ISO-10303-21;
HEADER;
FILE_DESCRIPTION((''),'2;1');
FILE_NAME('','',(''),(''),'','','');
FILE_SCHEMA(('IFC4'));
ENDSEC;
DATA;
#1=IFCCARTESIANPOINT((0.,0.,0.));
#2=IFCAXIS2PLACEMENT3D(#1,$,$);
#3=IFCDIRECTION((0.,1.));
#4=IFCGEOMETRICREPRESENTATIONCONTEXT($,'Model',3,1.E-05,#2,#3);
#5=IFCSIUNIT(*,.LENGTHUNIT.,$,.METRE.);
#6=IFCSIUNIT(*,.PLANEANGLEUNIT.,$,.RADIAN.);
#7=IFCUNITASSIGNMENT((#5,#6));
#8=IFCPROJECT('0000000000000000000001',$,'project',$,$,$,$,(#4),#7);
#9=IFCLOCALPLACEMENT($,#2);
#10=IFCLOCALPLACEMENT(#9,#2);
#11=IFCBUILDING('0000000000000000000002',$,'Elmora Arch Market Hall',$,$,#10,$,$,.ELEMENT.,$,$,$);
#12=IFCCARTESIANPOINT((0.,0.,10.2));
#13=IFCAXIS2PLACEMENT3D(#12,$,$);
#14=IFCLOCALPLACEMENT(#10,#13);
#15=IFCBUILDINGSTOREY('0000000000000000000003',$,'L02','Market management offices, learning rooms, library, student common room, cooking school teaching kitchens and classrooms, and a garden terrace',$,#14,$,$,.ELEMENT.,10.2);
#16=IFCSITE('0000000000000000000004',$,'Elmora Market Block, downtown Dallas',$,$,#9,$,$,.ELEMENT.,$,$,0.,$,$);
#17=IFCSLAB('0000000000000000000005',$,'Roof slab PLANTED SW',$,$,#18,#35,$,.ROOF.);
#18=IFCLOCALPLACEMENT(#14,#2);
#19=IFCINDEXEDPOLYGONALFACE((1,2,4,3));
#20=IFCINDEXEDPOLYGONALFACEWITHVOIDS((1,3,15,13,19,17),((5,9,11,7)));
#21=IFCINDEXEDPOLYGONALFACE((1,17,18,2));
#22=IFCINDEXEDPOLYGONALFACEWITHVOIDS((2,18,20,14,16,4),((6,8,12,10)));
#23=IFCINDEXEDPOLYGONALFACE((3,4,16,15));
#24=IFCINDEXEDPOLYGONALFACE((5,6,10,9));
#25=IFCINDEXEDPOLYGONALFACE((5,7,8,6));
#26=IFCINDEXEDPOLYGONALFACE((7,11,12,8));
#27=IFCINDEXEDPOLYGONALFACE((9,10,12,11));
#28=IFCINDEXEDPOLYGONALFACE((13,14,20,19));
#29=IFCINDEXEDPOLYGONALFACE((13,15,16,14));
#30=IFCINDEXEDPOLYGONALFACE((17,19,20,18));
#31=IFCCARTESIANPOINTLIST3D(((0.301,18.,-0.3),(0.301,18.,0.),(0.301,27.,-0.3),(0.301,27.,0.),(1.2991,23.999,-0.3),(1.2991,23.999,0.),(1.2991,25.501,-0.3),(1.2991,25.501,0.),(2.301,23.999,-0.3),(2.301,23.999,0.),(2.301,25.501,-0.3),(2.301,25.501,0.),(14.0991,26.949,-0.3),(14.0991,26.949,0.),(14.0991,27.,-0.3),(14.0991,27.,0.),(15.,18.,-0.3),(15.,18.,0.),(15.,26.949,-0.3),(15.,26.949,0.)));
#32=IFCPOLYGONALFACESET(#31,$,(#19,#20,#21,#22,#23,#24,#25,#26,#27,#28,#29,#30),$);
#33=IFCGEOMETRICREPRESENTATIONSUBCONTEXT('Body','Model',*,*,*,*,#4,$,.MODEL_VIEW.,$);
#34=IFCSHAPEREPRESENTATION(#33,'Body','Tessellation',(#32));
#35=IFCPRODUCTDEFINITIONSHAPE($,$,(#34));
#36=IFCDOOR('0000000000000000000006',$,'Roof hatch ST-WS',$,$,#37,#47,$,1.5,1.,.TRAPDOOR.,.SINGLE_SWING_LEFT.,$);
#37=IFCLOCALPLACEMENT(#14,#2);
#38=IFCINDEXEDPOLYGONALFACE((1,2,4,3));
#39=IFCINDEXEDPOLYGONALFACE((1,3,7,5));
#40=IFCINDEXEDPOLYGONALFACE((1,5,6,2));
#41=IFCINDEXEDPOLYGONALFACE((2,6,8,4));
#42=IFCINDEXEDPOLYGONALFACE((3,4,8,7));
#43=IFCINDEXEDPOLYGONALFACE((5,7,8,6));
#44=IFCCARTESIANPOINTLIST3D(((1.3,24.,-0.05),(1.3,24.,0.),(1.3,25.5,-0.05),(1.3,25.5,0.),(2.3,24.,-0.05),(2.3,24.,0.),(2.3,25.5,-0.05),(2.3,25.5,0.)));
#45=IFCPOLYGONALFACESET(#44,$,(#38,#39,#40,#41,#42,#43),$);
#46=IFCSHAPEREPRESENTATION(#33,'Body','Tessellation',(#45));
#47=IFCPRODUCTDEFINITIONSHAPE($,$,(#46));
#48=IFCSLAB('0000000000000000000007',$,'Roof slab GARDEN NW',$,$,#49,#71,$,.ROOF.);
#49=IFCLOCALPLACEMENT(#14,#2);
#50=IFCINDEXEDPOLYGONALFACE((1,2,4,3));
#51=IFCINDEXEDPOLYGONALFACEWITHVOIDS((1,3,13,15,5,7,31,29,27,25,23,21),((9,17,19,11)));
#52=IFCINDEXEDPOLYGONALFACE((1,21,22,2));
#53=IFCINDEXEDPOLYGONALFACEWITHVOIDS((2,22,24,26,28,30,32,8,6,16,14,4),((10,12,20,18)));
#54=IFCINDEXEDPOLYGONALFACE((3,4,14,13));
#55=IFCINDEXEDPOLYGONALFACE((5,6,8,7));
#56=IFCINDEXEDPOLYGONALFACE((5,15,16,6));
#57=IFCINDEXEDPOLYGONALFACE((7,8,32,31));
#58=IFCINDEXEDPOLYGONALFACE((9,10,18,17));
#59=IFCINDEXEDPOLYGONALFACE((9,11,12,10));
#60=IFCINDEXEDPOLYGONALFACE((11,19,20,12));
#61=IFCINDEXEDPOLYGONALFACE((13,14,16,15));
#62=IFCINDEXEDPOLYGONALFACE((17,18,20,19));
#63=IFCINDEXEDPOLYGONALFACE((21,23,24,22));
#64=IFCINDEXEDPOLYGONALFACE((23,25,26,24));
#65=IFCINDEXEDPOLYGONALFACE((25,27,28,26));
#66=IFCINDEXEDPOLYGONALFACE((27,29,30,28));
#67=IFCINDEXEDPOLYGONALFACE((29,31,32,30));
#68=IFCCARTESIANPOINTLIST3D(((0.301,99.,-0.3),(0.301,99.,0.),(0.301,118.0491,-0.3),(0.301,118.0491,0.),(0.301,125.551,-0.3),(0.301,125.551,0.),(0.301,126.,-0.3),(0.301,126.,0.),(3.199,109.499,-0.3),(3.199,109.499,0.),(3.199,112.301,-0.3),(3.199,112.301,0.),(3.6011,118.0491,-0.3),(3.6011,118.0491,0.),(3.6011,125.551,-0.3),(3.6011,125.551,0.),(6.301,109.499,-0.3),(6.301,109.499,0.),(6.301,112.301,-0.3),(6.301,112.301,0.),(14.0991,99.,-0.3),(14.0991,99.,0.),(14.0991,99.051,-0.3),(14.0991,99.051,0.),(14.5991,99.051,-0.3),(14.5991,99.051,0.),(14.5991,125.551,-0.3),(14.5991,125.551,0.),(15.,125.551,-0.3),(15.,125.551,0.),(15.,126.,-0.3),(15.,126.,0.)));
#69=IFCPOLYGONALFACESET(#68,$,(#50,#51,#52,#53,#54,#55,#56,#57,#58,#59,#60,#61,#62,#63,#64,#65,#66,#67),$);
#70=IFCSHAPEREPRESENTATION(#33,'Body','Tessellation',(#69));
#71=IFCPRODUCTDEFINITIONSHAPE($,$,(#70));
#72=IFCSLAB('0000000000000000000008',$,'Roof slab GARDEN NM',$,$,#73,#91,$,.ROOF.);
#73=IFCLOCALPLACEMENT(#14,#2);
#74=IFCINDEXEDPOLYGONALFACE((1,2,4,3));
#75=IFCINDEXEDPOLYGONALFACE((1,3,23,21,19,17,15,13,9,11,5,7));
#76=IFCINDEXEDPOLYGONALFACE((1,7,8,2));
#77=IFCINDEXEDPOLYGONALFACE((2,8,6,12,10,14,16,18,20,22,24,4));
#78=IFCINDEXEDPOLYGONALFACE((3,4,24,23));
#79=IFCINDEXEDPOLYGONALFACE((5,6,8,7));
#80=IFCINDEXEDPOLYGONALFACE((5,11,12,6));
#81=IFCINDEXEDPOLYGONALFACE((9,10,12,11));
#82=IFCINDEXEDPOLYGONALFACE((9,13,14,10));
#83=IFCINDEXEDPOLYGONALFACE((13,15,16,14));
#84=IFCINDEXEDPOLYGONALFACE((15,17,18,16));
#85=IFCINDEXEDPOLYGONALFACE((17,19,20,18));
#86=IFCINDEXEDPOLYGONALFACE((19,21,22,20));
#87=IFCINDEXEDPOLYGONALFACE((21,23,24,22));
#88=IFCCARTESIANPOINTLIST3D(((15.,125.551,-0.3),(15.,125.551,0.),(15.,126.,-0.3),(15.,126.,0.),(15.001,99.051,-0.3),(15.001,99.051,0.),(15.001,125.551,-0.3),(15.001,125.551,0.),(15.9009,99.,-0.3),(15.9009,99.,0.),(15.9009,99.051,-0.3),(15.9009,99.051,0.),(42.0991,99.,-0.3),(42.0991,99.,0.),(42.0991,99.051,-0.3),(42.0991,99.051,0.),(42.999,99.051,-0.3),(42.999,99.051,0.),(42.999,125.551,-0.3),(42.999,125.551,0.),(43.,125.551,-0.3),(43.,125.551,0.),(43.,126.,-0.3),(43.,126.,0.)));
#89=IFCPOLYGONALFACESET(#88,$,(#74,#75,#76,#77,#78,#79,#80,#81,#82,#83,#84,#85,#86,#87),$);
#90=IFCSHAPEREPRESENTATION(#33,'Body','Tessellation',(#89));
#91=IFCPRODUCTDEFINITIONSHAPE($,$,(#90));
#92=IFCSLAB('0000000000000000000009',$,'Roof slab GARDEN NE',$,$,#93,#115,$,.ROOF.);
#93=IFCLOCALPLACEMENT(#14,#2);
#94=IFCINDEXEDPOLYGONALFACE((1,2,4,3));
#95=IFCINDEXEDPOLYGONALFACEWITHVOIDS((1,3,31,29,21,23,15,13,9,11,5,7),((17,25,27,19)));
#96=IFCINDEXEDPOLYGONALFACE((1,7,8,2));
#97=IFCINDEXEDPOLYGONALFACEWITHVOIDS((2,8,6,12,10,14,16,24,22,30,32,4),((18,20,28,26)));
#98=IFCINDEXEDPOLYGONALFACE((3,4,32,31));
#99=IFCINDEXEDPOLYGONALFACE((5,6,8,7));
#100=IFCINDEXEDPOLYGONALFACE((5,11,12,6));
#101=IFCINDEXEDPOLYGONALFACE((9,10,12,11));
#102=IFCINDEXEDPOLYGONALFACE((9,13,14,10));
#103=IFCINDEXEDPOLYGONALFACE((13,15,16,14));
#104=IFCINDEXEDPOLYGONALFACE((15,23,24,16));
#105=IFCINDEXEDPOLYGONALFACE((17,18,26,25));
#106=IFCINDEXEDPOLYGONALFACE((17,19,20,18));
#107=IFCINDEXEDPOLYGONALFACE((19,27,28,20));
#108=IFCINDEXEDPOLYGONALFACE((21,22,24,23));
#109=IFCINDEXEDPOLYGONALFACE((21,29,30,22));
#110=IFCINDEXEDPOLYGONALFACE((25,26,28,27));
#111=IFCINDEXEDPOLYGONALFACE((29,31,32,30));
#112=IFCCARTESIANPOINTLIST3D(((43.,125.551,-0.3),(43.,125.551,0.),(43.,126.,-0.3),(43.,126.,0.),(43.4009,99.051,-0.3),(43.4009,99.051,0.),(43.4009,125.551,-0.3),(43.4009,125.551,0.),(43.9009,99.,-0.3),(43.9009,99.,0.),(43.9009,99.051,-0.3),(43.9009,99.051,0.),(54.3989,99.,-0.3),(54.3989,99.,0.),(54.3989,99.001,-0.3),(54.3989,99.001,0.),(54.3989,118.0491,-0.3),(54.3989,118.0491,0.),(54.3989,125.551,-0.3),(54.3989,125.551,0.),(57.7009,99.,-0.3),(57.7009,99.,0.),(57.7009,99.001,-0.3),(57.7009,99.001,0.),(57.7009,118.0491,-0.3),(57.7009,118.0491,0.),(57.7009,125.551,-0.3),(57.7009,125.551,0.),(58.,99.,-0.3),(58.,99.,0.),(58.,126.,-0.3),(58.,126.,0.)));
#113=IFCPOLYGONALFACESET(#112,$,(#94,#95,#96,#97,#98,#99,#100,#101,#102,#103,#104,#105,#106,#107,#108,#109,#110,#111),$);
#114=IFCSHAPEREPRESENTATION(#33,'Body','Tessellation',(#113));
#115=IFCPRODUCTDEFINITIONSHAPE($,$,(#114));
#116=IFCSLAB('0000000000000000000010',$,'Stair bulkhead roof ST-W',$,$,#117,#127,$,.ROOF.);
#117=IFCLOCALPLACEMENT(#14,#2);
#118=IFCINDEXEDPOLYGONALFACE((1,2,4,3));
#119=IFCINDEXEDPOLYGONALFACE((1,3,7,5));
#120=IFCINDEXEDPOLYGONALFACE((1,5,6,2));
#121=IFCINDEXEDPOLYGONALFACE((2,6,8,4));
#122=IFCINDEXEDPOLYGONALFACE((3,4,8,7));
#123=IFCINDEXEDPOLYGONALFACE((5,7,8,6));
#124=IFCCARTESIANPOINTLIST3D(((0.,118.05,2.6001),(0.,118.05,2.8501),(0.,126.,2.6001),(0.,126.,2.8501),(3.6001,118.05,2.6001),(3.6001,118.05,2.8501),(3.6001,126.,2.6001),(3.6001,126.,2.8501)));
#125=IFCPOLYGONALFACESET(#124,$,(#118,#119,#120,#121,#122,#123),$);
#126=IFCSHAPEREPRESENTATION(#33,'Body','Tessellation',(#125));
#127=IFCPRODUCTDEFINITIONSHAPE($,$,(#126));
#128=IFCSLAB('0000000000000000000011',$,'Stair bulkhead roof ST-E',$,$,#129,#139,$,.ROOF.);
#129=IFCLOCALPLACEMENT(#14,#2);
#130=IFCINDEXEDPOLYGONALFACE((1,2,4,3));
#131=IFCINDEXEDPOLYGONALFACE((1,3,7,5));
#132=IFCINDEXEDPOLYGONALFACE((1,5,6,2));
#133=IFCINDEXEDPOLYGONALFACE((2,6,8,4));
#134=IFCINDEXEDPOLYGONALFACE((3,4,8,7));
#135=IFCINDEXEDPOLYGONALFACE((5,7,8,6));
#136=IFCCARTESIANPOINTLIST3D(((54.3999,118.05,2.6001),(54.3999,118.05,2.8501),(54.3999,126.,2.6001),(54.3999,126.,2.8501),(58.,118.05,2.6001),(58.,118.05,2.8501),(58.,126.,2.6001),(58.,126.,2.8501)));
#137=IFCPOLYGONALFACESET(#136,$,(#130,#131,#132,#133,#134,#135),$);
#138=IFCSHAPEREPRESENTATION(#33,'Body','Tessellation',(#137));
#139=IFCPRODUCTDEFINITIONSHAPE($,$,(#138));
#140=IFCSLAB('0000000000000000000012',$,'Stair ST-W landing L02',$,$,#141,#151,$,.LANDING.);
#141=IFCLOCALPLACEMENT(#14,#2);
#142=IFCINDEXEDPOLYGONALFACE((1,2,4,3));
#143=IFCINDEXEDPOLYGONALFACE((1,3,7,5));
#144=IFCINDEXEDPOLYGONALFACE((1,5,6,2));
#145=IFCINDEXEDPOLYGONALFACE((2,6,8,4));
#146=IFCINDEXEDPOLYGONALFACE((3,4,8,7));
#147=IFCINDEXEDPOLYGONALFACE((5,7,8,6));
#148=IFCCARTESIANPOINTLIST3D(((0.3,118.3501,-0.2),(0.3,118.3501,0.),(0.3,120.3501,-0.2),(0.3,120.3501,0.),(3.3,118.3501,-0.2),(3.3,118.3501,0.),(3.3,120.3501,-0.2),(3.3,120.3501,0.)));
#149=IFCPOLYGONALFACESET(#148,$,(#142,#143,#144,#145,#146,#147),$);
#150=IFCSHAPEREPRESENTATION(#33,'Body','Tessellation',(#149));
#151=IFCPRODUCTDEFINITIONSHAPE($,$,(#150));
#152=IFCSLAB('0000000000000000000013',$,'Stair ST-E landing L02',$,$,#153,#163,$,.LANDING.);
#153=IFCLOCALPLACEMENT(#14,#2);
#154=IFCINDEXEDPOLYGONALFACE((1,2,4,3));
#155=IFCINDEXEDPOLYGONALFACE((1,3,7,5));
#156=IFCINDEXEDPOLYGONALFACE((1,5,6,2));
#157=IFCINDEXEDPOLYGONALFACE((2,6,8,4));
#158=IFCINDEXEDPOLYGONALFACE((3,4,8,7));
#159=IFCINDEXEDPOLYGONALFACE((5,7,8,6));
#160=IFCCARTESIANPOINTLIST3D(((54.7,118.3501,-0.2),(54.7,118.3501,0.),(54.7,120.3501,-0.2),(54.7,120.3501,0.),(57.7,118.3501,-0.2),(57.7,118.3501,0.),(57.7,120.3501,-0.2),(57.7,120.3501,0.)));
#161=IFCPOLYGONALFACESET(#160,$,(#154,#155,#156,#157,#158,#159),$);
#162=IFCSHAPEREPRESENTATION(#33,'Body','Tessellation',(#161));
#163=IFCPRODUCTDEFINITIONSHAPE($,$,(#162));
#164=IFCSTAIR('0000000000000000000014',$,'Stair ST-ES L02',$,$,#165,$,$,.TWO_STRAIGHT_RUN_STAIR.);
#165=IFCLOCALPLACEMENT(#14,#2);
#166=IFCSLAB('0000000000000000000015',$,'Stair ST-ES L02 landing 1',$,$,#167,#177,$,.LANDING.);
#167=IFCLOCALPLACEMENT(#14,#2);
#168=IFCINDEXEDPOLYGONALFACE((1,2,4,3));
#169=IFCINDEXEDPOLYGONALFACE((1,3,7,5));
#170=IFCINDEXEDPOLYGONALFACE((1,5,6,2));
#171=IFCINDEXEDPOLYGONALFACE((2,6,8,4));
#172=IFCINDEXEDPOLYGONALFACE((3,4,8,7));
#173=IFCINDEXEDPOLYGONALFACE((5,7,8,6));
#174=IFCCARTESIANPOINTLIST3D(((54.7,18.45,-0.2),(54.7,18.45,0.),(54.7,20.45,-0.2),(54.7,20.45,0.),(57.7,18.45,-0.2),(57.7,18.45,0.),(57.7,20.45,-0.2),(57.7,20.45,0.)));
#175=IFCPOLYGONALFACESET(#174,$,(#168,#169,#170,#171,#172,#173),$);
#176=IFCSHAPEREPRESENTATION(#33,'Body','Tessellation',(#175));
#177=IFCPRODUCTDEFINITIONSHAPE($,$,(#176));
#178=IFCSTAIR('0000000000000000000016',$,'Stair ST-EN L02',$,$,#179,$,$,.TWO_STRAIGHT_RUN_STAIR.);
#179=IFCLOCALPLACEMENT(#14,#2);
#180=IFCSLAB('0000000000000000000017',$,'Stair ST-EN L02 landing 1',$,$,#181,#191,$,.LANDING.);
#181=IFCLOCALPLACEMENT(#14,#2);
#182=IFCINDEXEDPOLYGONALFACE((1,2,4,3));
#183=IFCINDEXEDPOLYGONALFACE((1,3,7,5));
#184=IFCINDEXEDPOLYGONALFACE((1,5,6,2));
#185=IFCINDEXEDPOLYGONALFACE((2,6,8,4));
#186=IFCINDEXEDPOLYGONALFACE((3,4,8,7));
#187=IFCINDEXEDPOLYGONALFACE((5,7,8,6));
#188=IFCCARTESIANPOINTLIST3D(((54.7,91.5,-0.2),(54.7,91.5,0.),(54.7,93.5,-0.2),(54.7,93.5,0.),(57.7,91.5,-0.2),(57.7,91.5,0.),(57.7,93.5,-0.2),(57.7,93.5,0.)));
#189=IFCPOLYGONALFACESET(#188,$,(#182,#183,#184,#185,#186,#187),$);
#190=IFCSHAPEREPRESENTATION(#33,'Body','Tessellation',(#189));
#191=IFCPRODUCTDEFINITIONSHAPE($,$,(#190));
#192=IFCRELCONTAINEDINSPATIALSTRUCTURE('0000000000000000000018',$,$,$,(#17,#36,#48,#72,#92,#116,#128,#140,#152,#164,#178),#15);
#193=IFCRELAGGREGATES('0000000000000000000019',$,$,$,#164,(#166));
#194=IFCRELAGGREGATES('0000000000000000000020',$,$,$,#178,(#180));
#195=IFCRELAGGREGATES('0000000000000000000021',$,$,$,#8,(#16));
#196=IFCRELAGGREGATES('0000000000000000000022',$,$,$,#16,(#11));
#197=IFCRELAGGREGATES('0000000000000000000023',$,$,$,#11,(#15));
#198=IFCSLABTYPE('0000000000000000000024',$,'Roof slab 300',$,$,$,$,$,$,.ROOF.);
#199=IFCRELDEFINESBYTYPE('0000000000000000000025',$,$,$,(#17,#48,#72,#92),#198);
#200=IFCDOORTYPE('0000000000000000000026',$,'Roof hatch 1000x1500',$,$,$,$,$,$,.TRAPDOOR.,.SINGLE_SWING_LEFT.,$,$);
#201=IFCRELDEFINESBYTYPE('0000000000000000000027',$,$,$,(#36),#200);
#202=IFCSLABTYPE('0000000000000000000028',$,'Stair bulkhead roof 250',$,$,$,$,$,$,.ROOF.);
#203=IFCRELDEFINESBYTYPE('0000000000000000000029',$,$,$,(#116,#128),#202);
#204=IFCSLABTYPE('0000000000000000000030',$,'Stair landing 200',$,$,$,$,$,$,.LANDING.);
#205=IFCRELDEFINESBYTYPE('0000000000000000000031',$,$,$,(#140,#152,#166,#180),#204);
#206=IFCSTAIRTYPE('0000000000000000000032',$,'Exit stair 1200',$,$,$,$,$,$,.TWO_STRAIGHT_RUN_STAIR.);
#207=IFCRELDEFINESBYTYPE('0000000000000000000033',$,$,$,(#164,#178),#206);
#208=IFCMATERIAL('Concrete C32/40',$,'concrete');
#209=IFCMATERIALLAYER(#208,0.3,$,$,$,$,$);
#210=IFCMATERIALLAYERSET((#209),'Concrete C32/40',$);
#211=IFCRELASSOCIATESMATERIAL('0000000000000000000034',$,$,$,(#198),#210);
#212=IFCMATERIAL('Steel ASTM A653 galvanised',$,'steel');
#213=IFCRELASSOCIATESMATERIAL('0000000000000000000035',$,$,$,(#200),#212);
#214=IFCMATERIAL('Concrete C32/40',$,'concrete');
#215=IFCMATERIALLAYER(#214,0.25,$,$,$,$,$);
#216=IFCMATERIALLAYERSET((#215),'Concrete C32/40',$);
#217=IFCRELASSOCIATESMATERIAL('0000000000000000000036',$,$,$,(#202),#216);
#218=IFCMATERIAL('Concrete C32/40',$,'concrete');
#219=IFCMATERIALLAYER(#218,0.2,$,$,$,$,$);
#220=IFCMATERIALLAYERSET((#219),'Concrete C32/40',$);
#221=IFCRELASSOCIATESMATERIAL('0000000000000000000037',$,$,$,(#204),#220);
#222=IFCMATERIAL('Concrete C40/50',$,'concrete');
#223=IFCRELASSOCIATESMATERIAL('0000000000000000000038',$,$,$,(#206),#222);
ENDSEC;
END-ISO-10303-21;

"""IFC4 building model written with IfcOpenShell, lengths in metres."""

from ifc_helpers import new_model, si_unit, direction, frame, origin, origin_2d, place, context, subcontext, project, spatial, polyline, rectangle, outline, extrude, material, layer, layer_set, type_object, element, fill, aggregate, save


model = new_model("IFC4")

# Units and contexts
model_context = context("Model", 3, precision=1e-05, world=origin(), true_north=direction((0.0, 1.0)))
body_context = subcontext(model_context, "Body", "Model", "MODEL_VIEW")
ifc_project = project(units=[si_unit("LENGTHUNIT", "METRE"), si_unit("PLANEANGLEUNIT", "RADIAN")], contexts=[model_context])

# Site, building, storey
site_placement = place(None, origin())
site = spatial("IfcSite", under=ifc_project, at=site_placement, Name="Elmora Market Block, downtown Dallas", CompositionType="ELEMENT", RefElevation=0.0)
building_placement = place(site_placement, origin())
building = spatial("IfcBuilding", under=site, at=building_placement, Name="Elmora Arch Market Hall", CompositionType="ELEMENT")
storey_placement = place(building_placement, frame((0.0, 0.0, 10.2)))
storey = spatial("IfcBuildingStorey", under=building, at=storey_placement, Name="L02", Description="Market management offices, learning rooms, library, student common room, cooking school teaching kitchens and classrooms, and a garden terrace", CompositionType="ELEMENT", Elevation=10.2)

# Slab, opening, door
ifc_material_1 = material(Name="Concrete C32/40", Category="concrete")
ifc_layer_1 = layer(ifc_material_1, 0.3)
ifc_layer_set_1 = layer_set([ifc_layer_1], Name="Concrete C32/40")
slab_type_1 = type_object("IfcSlabType", Name="Roof slab 300", PredefinedType="ROOF", material=ifc_layer_set_1)
slab_1_placement = place(storey_placement, frame((0.0, 0.0, -0.3)))
slab_1 = element("IfcSlab", 1, at=slab_1_placement, inside=storey, type_object=slab_type_1, Name="Roof slab PLANTED SW", PredefinedType="ROOF", context=body_context, shape_type="SweptSolid", body=[
    extrude(outline(polyline([(15.0, 18.0), (0.301, 18.0), (0.301, 27.0), (14.0991, 27.0), (14.0991, 26.949), (15.0, 26.949), (15.0, 18.0)]), holes=[polyline([(1.2991, 23.999), (2.301, 23.999), (2.301, 25.501), (1.2991, 25.501), (1.2991, 23.999)])]), origin(), (0.0, 0.0, 1.0), 0.3),
])
opening_placement = place(slab_1_placement, frame((1.8, 24.75, 0.0)))
opening = element("IfcOpeningElement", 2, at=opening_placement, cuts=slab_1, PredefinedType="OPENING", context=body_context, shape_type="SweptSolid", body=[
    extrude(rectangle(XDim=1.0, YDim=1.5, at=origin_2d()), origin(), (0.0, 0.0, 1.0), 0.3),
])
ifc_material_2 = material(Name="Steel ASTM A653 galvanised", Category="steel")
door_type = type_object("IfcDoorType", Name="Roof hatch 1000x1500", OperationType="SINGLE_SWING_LEFT", PredefinedType="TRAPDOOR", material=ifc_material_2)
door_placement = place(opening_placement, frame((0.0, 0.0, 0.25)))
door = element("IfcDoor", 3, at=door_placement, inside=storey, type_object=door_type, Name="Roof hatch ST-WS", OperationType="SINGLE_SWING_LEFT", OverallHeight=1.5, OverallWidth=1.0, PredefinedType="TRAPDOOR", context=body_context, shape_type="SweptSolid", body=[
    extrude(rectangle(XDim=1.0, YDim=1.5, at=origin_2d()), origin(), (0.0, 0.0, 1.0), 0.05),
])
fill(opening, door)

# Slabs
slab_2_placement = place(storey_placement, frame((0.0, 0.0, -0.3)))
element("IfcSlab", 4, at=slab_2_placement, inside=storey, type_object=slab_type_1, Name="Roof slab GARDEN NW", PredefinedType="ROOF", context=body_context, shape_type="SweptSolid", body=[
    extrude(outline(polyline([(15.0, 126.0), (15.0, 125.551), (14.5991, 125.551), (14.5991, 99.051), (14.0991, 99.051), (14.0991, 99.0), (0.301, 99.0), (0.301, 118.0491), (3.6011, 118.0491), (3.6011, 125.551), (0.301, 125.551), (0.301, 126.0), (15.0, 126.0)]), holes=[polyline([(3.199, 112.301), (3.199, 109.499), (6.301, 109.499), (6.301, 112.301), (3.199, 112.301)])]), origin(), (0.0, 0.0, 1.0), 0.3),
])
slab_3_placement = place(storey_placement, frame((0.0, 0.0, -0.3)))
element("IfcSlab", 5, at=slab_3_placement, inside=storey, type_object=slab_type_1, Name="Roof slab GARDEN NM", PredefinedType="ROOF", context=body_context, shape_type="SweptSolid", body=[
    extrude(outline(polyline([(15.0, 126.0), (43.0, 126.0), (43.0, 125.551), (42.999, 125.551), (42.999, 99.051), (42.0991, 99.051), (42.0991, 99.0), (15.9009, 99.0), (15.9009, 99.051), (15.001, 99.051), (15.001, 125.551), (15.0, 125.551), (15.0, 126.0)])), origin(), (0.0, 0.0, 1.0), 0.3),
])
slab_4_placement = place(storey_placement, frame((0.0, 0.0, -0.3)))
element("IfcSlab", 6, at=slab_4_placement, inside=storey, type_object=slab_type_1, Name="Roof slab GARDEN NE", PredefinedType="ROOF", context=body_context, shape_type="SweptSolid", body=[
    extrude(outline(polyline([(43.0, 126.0), (58.0, 126.0), (58.0, 99.0), (57.7009, 99.0), (57.7009, 99.001), (54.3989, 99.001), (54.3989, 99.0), (43.9009, 99.0), (43.9009, 99.051), (43.4009, 99.051), (43.4009, 125.551), (43.0, 125.551), (43.0, 126.0)]), holes=[polyline([(57.7009, 125.551), (54.3989, 125.551), (54.3989, 118.0491), (57.7009, 118.0491), (57.7009, 125.551)])]), origin(), (0.0, 0.0, 1.0), 0.3),
])
ifc_material_3 = material(Name="Concrete C32/40", Category="concrete")
ifc_layer_2 = layer(ifc_material_3, 0.25)
ifc_layer_set_2 = layer_set([ifc_layer_2], Name="Concrete C32/40")
slab_type_2 = type_object("IfcSlabType", Name="Stair bulkhead roof 250", PredefinedType="ROOF", material=ifc_layer_set_2)
slab_5_placement = place(storey_placement, frame((0.0, 0.0, 2.6001)))
element("IfcSlab", 7, at=slab_5_placement, inside=storey, type_object=slab_type_2, Name="Stair bulkhead roof ST-W", PredefinedType="ROOF", context=body_context, shape_type="SweptSolid", body=[
    extrude(outline(polyline([(0.0, 118.05), (3.6001, 118.05), (3.6001, 126.0), (0.0, 126.0), (0.0, 118.05)])), origin(), (0.0, 0.0, 1.0), 0.25),
])
slab_6_placement = place(storey_placement, frame((0.0, 0.0, 2.6001)))
element("IfcSlab", 8, at=slab_6_placement, inside=storey, type_object=slab_type_2, Name="Stair bulkhead roof ST-E", PredefinedType="ROOF", context=body_context, shape_type="SweptSolid", body=[
    extrude(outline(polyline([(54.3999, 118.05), (58.0, 118.05), (58.0, 126.0), (54.3999, 126.0), (54.3999, 118.05)])), origin(), (0.0, 0.0, 1.0), 0.25),
])
ifc_material_4 = material(Name="Concrete C32/40", Category="concrete")
ifc_layer_3 = layer(ifc_material_4, 0.2)
ifc_layer_set_3 = layer_set([ifc_layer_3], Name="Concrete C32/40")
slab_type_3 = type_object("IfcSlabType", Name="Stair landing 200", PredefinedType="LANDING", material=ifc_layer_set_3)
slab_7_placement = place(storey_placement, frame((0.0, 0.0, -0.2)))
element("IfcSlab", 9, at=slab_7_placement, inside=storey, type_object=slab_type_3, Name="Stair ST-W landing L02", PredefinedType="LANDING", context=body_context, shape_type="SweptSolid", body=[
    extrude(outline(polyline([(0.3, 118.3501), (3.3, 118.3501), (3.3, 120.3501), (0.3, 120.3501), (0.3, 118.3501)])), origin(), (0.0, 0.0, 1.0), 0.2),
])
slab_8_placement = place(storey_placement, frame((0.0, 0.0, -0.2)))
element("IfcSlab", 10, at=slab_8_placement, inside=storey, type_object=slab_type_3, Name="Stair ST-E landing L02", PredefinedType="LANDING", context=body_context, shape_type="SweptSolid", body=[
    extrude(outline(polyline([(54.7, 118.3501), (57.7, 118.3501), (57.7, 120.3501), (54.7, 120.3501), (54.7, 118.3501)])), origin(), (0.0, 0.0, 1.0), 0.2),
])

# Stairs, slabs
ifc_material_5 = material(Name="Concrete C40/50", Category="concrete")
stair_type = type_object("IfcStairType", Name="Exit stair 1200", PredefinedType="TWO_STRAIGHT_RUN_STAIR", material=ifc_material_5)
stair_1_placement = place(storey_placement, origin())
stair_1 = element("IfcStair", 11, at=stair_1_placement, inside=storey, type_object=stair_type, Name="Stair ST-ES L02", PredefinedType="TWO_STRAIGHT_RUN_STAIR")
slab_9_placement = place(storey_placement, frame((0.0, 0.0, -0.2)))
slab_9 = element("IfcSlab", 12, at=slab_9_placement, type_object=slab_type_3, Name="Stair ST-ES L02 landing 1", PredefinedType="LANDING", context=body_context, shape_type="SweptSolid", body=[
    extrude(outline(polyline([(54.7, 18.45), (57.7, 18.45), (57.7, 20.45), (54.7, 20.45), (54.7, 18.45)])), origin(), (0.0, 0.0, 1.0), 0.2),
])
aggregate(stair_1, [slab_9])
stair_2_placement = place(storey_placement, origin())
stair_2 = element("IfcStair", 13, at=stair_2_placement, inside=storey, type_object=stair_type, Name="Stair ST-EN L02", PredefinedType="TWO_STRAIGHT_RUN_STAIR")
slab_10_placement = place(storey_placement, frame((0.0, 0.0, -0.2)))
slab_10 = element("IfcSlab", 14, at=slab_10_placement, type_object=slab_type_3, Name="Stair ST-EN L02 landing 1", PredefinedType="LANDING", context=body_context, shape_type="SweptSolid", body=[
    extrude(outline(polyline([(54.7, 91.5), (57.7, 91.5), (57.7, 93.5), (54.7, 93.5), (54.7, 91.5)])), origin(), (0.0, 0.0, 1.0), 0.2),
])
aggregate(stair_2, [slab_10])

save(model, "model.ifc")
